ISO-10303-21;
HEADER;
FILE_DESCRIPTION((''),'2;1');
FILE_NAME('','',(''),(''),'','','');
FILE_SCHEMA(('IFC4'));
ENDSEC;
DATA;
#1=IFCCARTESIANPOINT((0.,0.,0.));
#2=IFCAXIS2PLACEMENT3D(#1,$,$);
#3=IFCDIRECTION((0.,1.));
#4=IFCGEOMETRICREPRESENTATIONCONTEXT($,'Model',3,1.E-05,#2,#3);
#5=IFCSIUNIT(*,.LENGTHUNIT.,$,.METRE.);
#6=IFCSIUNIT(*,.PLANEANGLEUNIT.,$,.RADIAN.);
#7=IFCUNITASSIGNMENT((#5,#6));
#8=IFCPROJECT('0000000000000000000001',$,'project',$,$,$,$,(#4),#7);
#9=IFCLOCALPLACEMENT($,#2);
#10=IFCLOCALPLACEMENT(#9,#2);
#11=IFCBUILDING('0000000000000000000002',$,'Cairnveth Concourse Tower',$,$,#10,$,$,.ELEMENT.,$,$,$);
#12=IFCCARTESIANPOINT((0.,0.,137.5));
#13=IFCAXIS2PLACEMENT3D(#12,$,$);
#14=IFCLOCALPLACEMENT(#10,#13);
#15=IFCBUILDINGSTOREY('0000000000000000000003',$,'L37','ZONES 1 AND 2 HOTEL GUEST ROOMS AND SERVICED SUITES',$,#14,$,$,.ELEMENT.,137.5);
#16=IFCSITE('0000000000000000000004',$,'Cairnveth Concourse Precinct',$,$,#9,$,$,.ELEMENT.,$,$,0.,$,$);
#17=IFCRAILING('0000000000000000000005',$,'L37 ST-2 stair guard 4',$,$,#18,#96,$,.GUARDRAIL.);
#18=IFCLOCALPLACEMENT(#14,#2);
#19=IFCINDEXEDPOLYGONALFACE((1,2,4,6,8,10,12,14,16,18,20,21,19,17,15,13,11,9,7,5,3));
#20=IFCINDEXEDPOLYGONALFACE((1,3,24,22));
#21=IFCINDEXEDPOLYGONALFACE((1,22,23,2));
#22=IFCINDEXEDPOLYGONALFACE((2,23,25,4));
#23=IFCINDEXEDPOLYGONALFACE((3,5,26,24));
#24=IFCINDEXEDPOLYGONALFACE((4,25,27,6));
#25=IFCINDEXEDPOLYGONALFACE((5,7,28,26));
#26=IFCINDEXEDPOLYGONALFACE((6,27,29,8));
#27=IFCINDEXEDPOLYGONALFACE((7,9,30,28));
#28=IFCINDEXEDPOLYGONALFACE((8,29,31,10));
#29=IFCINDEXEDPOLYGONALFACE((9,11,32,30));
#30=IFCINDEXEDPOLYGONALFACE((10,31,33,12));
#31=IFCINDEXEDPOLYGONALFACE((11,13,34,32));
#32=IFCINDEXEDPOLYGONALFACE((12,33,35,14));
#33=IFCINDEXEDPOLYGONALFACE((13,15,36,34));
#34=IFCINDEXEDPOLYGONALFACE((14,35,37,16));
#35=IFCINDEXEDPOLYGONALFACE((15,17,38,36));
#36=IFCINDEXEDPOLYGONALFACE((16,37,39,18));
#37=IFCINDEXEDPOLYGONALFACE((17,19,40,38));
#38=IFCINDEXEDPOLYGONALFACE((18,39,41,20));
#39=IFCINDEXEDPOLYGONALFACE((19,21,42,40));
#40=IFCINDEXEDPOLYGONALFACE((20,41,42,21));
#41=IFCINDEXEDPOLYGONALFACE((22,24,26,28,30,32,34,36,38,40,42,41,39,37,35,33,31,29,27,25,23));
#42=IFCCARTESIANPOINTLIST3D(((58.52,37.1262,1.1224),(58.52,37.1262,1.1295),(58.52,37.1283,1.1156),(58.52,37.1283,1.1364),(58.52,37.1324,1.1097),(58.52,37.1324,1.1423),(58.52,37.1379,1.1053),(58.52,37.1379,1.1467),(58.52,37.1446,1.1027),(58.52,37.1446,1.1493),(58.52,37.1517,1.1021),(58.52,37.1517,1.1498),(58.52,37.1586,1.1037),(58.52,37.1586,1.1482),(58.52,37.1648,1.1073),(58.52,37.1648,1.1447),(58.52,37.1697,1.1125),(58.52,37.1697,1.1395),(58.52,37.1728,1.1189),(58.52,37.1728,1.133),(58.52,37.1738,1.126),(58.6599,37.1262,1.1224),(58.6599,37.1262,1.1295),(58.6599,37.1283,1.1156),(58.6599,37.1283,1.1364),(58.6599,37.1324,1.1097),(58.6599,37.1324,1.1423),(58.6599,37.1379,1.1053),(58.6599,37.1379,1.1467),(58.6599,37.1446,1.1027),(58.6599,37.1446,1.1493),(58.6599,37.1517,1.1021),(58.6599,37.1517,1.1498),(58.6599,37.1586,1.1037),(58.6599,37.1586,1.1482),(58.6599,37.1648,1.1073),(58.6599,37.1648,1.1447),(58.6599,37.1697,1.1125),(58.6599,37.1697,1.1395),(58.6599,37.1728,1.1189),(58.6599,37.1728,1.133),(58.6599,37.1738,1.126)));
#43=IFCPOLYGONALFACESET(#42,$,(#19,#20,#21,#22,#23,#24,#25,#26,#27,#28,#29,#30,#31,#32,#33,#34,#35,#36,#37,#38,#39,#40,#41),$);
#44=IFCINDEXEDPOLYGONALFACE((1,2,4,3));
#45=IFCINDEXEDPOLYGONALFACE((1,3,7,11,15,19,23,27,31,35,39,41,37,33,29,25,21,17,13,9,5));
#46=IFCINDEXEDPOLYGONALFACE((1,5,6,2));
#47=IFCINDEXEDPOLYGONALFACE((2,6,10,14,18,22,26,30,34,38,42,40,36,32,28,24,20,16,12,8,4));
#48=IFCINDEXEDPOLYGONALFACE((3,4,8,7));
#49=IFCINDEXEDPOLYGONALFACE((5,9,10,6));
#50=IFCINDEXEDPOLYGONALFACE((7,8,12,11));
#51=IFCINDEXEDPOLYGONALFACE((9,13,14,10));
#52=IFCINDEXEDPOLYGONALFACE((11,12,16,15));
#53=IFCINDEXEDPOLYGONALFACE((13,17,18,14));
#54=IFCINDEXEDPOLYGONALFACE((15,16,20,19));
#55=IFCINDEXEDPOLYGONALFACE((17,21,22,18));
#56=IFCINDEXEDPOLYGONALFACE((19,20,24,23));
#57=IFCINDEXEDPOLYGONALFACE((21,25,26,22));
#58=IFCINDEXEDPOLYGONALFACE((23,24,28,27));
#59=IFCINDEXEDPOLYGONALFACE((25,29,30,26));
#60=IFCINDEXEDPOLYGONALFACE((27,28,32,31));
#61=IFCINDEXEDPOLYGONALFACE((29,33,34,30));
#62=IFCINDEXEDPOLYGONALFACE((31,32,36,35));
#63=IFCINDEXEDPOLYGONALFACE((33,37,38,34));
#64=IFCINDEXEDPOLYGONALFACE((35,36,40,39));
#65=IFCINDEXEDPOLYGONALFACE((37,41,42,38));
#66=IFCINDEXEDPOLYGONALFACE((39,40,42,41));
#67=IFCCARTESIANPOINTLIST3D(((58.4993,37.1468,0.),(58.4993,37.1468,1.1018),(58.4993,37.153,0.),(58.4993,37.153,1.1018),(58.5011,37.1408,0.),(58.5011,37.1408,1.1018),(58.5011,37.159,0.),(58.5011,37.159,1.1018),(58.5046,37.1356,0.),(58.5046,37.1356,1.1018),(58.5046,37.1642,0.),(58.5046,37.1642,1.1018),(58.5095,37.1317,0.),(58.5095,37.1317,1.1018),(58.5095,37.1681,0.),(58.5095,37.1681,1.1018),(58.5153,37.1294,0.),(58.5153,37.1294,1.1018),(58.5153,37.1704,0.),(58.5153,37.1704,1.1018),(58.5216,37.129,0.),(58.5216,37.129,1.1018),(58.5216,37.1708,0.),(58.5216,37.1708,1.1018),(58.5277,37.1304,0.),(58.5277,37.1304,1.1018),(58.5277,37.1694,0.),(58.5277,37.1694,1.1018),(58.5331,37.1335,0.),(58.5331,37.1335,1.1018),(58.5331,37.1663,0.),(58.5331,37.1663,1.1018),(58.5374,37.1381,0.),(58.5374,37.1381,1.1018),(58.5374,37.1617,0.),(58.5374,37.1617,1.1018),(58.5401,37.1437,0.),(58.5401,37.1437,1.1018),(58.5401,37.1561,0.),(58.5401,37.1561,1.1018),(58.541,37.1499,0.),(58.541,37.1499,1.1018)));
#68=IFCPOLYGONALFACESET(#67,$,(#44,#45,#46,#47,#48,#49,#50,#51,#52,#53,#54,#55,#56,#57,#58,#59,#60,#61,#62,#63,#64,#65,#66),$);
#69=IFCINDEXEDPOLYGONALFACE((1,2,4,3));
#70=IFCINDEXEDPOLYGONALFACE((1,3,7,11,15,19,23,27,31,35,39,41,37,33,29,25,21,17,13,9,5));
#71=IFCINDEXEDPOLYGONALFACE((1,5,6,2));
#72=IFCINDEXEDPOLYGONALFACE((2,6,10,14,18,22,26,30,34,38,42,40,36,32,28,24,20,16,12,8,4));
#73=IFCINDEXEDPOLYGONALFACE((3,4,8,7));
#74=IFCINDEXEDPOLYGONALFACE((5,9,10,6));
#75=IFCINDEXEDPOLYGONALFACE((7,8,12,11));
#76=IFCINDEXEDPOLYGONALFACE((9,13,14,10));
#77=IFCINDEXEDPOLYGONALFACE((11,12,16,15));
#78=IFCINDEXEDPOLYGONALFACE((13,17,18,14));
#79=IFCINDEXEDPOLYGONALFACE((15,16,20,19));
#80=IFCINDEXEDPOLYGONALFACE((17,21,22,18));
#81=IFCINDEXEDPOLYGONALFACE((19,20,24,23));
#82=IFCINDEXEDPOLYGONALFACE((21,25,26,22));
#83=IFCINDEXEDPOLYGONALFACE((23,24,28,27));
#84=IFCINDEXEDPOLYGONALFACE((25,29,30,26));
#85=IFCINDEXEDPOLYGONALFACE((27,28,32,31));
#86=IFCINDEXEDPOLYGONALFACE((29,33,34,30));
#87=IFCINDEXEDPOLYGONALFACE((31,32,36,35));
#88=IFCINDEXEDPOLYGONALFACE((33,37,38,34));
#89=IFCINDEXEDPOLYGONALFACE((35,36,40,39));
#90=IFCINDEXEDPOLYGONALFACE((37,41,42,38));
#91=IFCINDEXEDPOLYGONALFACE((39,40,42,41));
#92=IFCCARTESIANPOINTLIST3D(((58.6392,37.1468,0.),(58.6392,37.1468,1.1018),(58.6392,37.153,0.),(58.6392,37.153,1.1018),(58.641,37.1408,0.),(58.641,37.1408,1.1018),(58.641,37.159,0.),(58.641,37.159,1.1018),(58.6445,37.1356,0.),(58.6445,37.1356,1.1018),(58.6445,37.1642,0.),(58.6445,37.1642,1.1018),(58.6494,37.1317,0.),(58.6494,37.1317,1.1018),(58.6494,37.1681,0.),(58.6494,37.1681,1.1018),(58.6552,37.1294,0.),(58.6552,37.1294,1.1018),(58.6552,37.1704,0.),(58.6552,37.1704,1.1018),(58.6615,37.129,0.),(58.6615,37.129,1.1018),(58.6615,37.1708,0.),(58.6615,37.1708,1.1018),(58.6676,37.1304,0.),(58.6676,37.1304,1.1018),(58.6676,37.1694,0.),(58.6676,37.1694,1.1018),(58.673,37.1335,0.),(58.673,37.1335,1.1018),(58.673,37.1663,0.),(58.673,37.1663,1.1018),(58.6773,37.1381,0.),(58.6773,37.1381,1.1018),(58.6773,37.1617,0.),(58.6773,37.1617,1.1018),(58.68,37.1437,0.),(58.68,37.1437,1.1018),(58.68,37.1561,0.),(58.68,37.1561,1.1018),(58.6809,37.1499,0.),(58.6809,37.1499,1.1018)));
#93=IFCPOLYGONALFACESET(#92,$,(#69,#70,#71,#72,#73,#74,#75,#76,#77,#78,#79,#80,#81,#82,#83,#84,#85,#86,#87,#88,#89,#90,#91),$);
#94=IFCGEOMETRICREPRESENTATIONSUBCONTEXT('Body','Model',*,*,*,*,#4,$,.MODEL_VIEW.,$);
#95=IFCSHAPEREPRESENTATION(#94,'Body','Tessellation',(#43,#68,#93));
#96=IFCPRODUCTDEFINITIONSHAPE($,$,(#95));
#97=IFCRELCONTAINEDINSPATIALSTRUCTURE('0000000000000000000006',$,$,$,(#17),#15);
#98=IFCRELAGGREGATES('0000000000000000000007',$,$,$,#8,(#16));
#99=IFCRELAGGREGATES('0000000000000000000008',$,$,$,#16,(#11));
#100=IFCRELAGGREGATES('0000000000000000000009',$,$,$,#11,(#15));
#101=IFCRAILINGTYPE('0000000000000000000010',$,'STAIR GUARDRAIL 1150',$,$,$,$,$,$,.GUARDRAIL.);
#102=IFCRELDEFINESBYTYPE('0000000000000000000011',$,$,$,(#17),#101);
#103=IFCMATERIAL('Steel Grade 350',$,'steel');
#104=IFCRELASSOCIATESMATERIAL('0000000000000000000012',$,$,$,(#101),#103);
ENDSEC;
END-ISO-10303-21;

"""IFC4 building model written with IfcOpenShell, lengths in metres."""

from ifc_helpers import new_model, si_unit, direction, frame, origin, origin_2d, place, context, subcontext, project, spatial, circle, extrude, material, type_object, element, save


model = new_model("IFC4")

# Units and contexts
model_context = context("Model", 3, precision=1e-05, world=origin(), true_north=direction((0.0, 1.0)))
body_context = subcontext(model_context, "Body", "Model", "MODEL_VIEW")
ifc_project = project(units=[si_unit("LENGTHUNIT", "METRE"), si_unit("PLANEANGLEUNIT", "RADIAN")], contexts=[model_context])

# Site, building, storey
site_placement = place(None, origin())
site = spatial("IfcSite", under=ifc_project, at=site_placement, Name="Cairnveth Concourse Precinct", CompositionType="ELEMENT", RefElevation=0.0)
building_placement = place(site_placement, origin())
building = spatial("IfcBuilding", under=site, at=building_placement, Name="Cairnveth Concourse Tower", CompositionType="ELEMENT")
storey_placement = place(building_placement, frame((0.0, 0.0, 137.5)))
storey = spatial("IfcBuildingStorey", under=building, at=storey_placement, Name="L37", Description="ZONES 1 AND 2 HOTEL GUEST ROOMS AND SERVICED SUITES", CompositionType="ELEMENT", Elevation=137.5)

# Shared definitions
ifc_material_1 = material(Name="Steel Grade 350", Category="steel")

# Railing
railing_type_1 = type_object("IfcRailingType", Name="STAIR GUARDRAIL 1150", PredefinedType="GUARDRAIL", material=ifc_material_1)
railing_1_placement = place(storey_placement, frame((58.52, 37.1499, 0.0)))
element("IfcRailing", 1, at=railing_1_placement, inside=storey, type_object=railing_type_1, Name="L37 ST-2 stair guard 4", PredefinedType="GUARDRAIL", context=body_context, shape_type="SweptSolid", body=[
    extrude(circle(Radius=0.0239, at=origin_2d()), frame((0.0, 0.0, 1.126), z_axis=(1.0, 0.0, 0.0), x_axis=(0.0, 1.0, 0.0)), (0.0, 0.0, 1.0), 0.1399),
    extrude(circle(Radius=0.021, at=origin_2d()), origin(), (0.0, 0.0, 1.0), 1.1018),
    extrude(circle(Radius=0.021, at=origin_2d()), frame((0.1399, 0.0, 0.0)), (0.0, 0.0, 1.0), 1.1018),
])

save(model, "model.ifc")
